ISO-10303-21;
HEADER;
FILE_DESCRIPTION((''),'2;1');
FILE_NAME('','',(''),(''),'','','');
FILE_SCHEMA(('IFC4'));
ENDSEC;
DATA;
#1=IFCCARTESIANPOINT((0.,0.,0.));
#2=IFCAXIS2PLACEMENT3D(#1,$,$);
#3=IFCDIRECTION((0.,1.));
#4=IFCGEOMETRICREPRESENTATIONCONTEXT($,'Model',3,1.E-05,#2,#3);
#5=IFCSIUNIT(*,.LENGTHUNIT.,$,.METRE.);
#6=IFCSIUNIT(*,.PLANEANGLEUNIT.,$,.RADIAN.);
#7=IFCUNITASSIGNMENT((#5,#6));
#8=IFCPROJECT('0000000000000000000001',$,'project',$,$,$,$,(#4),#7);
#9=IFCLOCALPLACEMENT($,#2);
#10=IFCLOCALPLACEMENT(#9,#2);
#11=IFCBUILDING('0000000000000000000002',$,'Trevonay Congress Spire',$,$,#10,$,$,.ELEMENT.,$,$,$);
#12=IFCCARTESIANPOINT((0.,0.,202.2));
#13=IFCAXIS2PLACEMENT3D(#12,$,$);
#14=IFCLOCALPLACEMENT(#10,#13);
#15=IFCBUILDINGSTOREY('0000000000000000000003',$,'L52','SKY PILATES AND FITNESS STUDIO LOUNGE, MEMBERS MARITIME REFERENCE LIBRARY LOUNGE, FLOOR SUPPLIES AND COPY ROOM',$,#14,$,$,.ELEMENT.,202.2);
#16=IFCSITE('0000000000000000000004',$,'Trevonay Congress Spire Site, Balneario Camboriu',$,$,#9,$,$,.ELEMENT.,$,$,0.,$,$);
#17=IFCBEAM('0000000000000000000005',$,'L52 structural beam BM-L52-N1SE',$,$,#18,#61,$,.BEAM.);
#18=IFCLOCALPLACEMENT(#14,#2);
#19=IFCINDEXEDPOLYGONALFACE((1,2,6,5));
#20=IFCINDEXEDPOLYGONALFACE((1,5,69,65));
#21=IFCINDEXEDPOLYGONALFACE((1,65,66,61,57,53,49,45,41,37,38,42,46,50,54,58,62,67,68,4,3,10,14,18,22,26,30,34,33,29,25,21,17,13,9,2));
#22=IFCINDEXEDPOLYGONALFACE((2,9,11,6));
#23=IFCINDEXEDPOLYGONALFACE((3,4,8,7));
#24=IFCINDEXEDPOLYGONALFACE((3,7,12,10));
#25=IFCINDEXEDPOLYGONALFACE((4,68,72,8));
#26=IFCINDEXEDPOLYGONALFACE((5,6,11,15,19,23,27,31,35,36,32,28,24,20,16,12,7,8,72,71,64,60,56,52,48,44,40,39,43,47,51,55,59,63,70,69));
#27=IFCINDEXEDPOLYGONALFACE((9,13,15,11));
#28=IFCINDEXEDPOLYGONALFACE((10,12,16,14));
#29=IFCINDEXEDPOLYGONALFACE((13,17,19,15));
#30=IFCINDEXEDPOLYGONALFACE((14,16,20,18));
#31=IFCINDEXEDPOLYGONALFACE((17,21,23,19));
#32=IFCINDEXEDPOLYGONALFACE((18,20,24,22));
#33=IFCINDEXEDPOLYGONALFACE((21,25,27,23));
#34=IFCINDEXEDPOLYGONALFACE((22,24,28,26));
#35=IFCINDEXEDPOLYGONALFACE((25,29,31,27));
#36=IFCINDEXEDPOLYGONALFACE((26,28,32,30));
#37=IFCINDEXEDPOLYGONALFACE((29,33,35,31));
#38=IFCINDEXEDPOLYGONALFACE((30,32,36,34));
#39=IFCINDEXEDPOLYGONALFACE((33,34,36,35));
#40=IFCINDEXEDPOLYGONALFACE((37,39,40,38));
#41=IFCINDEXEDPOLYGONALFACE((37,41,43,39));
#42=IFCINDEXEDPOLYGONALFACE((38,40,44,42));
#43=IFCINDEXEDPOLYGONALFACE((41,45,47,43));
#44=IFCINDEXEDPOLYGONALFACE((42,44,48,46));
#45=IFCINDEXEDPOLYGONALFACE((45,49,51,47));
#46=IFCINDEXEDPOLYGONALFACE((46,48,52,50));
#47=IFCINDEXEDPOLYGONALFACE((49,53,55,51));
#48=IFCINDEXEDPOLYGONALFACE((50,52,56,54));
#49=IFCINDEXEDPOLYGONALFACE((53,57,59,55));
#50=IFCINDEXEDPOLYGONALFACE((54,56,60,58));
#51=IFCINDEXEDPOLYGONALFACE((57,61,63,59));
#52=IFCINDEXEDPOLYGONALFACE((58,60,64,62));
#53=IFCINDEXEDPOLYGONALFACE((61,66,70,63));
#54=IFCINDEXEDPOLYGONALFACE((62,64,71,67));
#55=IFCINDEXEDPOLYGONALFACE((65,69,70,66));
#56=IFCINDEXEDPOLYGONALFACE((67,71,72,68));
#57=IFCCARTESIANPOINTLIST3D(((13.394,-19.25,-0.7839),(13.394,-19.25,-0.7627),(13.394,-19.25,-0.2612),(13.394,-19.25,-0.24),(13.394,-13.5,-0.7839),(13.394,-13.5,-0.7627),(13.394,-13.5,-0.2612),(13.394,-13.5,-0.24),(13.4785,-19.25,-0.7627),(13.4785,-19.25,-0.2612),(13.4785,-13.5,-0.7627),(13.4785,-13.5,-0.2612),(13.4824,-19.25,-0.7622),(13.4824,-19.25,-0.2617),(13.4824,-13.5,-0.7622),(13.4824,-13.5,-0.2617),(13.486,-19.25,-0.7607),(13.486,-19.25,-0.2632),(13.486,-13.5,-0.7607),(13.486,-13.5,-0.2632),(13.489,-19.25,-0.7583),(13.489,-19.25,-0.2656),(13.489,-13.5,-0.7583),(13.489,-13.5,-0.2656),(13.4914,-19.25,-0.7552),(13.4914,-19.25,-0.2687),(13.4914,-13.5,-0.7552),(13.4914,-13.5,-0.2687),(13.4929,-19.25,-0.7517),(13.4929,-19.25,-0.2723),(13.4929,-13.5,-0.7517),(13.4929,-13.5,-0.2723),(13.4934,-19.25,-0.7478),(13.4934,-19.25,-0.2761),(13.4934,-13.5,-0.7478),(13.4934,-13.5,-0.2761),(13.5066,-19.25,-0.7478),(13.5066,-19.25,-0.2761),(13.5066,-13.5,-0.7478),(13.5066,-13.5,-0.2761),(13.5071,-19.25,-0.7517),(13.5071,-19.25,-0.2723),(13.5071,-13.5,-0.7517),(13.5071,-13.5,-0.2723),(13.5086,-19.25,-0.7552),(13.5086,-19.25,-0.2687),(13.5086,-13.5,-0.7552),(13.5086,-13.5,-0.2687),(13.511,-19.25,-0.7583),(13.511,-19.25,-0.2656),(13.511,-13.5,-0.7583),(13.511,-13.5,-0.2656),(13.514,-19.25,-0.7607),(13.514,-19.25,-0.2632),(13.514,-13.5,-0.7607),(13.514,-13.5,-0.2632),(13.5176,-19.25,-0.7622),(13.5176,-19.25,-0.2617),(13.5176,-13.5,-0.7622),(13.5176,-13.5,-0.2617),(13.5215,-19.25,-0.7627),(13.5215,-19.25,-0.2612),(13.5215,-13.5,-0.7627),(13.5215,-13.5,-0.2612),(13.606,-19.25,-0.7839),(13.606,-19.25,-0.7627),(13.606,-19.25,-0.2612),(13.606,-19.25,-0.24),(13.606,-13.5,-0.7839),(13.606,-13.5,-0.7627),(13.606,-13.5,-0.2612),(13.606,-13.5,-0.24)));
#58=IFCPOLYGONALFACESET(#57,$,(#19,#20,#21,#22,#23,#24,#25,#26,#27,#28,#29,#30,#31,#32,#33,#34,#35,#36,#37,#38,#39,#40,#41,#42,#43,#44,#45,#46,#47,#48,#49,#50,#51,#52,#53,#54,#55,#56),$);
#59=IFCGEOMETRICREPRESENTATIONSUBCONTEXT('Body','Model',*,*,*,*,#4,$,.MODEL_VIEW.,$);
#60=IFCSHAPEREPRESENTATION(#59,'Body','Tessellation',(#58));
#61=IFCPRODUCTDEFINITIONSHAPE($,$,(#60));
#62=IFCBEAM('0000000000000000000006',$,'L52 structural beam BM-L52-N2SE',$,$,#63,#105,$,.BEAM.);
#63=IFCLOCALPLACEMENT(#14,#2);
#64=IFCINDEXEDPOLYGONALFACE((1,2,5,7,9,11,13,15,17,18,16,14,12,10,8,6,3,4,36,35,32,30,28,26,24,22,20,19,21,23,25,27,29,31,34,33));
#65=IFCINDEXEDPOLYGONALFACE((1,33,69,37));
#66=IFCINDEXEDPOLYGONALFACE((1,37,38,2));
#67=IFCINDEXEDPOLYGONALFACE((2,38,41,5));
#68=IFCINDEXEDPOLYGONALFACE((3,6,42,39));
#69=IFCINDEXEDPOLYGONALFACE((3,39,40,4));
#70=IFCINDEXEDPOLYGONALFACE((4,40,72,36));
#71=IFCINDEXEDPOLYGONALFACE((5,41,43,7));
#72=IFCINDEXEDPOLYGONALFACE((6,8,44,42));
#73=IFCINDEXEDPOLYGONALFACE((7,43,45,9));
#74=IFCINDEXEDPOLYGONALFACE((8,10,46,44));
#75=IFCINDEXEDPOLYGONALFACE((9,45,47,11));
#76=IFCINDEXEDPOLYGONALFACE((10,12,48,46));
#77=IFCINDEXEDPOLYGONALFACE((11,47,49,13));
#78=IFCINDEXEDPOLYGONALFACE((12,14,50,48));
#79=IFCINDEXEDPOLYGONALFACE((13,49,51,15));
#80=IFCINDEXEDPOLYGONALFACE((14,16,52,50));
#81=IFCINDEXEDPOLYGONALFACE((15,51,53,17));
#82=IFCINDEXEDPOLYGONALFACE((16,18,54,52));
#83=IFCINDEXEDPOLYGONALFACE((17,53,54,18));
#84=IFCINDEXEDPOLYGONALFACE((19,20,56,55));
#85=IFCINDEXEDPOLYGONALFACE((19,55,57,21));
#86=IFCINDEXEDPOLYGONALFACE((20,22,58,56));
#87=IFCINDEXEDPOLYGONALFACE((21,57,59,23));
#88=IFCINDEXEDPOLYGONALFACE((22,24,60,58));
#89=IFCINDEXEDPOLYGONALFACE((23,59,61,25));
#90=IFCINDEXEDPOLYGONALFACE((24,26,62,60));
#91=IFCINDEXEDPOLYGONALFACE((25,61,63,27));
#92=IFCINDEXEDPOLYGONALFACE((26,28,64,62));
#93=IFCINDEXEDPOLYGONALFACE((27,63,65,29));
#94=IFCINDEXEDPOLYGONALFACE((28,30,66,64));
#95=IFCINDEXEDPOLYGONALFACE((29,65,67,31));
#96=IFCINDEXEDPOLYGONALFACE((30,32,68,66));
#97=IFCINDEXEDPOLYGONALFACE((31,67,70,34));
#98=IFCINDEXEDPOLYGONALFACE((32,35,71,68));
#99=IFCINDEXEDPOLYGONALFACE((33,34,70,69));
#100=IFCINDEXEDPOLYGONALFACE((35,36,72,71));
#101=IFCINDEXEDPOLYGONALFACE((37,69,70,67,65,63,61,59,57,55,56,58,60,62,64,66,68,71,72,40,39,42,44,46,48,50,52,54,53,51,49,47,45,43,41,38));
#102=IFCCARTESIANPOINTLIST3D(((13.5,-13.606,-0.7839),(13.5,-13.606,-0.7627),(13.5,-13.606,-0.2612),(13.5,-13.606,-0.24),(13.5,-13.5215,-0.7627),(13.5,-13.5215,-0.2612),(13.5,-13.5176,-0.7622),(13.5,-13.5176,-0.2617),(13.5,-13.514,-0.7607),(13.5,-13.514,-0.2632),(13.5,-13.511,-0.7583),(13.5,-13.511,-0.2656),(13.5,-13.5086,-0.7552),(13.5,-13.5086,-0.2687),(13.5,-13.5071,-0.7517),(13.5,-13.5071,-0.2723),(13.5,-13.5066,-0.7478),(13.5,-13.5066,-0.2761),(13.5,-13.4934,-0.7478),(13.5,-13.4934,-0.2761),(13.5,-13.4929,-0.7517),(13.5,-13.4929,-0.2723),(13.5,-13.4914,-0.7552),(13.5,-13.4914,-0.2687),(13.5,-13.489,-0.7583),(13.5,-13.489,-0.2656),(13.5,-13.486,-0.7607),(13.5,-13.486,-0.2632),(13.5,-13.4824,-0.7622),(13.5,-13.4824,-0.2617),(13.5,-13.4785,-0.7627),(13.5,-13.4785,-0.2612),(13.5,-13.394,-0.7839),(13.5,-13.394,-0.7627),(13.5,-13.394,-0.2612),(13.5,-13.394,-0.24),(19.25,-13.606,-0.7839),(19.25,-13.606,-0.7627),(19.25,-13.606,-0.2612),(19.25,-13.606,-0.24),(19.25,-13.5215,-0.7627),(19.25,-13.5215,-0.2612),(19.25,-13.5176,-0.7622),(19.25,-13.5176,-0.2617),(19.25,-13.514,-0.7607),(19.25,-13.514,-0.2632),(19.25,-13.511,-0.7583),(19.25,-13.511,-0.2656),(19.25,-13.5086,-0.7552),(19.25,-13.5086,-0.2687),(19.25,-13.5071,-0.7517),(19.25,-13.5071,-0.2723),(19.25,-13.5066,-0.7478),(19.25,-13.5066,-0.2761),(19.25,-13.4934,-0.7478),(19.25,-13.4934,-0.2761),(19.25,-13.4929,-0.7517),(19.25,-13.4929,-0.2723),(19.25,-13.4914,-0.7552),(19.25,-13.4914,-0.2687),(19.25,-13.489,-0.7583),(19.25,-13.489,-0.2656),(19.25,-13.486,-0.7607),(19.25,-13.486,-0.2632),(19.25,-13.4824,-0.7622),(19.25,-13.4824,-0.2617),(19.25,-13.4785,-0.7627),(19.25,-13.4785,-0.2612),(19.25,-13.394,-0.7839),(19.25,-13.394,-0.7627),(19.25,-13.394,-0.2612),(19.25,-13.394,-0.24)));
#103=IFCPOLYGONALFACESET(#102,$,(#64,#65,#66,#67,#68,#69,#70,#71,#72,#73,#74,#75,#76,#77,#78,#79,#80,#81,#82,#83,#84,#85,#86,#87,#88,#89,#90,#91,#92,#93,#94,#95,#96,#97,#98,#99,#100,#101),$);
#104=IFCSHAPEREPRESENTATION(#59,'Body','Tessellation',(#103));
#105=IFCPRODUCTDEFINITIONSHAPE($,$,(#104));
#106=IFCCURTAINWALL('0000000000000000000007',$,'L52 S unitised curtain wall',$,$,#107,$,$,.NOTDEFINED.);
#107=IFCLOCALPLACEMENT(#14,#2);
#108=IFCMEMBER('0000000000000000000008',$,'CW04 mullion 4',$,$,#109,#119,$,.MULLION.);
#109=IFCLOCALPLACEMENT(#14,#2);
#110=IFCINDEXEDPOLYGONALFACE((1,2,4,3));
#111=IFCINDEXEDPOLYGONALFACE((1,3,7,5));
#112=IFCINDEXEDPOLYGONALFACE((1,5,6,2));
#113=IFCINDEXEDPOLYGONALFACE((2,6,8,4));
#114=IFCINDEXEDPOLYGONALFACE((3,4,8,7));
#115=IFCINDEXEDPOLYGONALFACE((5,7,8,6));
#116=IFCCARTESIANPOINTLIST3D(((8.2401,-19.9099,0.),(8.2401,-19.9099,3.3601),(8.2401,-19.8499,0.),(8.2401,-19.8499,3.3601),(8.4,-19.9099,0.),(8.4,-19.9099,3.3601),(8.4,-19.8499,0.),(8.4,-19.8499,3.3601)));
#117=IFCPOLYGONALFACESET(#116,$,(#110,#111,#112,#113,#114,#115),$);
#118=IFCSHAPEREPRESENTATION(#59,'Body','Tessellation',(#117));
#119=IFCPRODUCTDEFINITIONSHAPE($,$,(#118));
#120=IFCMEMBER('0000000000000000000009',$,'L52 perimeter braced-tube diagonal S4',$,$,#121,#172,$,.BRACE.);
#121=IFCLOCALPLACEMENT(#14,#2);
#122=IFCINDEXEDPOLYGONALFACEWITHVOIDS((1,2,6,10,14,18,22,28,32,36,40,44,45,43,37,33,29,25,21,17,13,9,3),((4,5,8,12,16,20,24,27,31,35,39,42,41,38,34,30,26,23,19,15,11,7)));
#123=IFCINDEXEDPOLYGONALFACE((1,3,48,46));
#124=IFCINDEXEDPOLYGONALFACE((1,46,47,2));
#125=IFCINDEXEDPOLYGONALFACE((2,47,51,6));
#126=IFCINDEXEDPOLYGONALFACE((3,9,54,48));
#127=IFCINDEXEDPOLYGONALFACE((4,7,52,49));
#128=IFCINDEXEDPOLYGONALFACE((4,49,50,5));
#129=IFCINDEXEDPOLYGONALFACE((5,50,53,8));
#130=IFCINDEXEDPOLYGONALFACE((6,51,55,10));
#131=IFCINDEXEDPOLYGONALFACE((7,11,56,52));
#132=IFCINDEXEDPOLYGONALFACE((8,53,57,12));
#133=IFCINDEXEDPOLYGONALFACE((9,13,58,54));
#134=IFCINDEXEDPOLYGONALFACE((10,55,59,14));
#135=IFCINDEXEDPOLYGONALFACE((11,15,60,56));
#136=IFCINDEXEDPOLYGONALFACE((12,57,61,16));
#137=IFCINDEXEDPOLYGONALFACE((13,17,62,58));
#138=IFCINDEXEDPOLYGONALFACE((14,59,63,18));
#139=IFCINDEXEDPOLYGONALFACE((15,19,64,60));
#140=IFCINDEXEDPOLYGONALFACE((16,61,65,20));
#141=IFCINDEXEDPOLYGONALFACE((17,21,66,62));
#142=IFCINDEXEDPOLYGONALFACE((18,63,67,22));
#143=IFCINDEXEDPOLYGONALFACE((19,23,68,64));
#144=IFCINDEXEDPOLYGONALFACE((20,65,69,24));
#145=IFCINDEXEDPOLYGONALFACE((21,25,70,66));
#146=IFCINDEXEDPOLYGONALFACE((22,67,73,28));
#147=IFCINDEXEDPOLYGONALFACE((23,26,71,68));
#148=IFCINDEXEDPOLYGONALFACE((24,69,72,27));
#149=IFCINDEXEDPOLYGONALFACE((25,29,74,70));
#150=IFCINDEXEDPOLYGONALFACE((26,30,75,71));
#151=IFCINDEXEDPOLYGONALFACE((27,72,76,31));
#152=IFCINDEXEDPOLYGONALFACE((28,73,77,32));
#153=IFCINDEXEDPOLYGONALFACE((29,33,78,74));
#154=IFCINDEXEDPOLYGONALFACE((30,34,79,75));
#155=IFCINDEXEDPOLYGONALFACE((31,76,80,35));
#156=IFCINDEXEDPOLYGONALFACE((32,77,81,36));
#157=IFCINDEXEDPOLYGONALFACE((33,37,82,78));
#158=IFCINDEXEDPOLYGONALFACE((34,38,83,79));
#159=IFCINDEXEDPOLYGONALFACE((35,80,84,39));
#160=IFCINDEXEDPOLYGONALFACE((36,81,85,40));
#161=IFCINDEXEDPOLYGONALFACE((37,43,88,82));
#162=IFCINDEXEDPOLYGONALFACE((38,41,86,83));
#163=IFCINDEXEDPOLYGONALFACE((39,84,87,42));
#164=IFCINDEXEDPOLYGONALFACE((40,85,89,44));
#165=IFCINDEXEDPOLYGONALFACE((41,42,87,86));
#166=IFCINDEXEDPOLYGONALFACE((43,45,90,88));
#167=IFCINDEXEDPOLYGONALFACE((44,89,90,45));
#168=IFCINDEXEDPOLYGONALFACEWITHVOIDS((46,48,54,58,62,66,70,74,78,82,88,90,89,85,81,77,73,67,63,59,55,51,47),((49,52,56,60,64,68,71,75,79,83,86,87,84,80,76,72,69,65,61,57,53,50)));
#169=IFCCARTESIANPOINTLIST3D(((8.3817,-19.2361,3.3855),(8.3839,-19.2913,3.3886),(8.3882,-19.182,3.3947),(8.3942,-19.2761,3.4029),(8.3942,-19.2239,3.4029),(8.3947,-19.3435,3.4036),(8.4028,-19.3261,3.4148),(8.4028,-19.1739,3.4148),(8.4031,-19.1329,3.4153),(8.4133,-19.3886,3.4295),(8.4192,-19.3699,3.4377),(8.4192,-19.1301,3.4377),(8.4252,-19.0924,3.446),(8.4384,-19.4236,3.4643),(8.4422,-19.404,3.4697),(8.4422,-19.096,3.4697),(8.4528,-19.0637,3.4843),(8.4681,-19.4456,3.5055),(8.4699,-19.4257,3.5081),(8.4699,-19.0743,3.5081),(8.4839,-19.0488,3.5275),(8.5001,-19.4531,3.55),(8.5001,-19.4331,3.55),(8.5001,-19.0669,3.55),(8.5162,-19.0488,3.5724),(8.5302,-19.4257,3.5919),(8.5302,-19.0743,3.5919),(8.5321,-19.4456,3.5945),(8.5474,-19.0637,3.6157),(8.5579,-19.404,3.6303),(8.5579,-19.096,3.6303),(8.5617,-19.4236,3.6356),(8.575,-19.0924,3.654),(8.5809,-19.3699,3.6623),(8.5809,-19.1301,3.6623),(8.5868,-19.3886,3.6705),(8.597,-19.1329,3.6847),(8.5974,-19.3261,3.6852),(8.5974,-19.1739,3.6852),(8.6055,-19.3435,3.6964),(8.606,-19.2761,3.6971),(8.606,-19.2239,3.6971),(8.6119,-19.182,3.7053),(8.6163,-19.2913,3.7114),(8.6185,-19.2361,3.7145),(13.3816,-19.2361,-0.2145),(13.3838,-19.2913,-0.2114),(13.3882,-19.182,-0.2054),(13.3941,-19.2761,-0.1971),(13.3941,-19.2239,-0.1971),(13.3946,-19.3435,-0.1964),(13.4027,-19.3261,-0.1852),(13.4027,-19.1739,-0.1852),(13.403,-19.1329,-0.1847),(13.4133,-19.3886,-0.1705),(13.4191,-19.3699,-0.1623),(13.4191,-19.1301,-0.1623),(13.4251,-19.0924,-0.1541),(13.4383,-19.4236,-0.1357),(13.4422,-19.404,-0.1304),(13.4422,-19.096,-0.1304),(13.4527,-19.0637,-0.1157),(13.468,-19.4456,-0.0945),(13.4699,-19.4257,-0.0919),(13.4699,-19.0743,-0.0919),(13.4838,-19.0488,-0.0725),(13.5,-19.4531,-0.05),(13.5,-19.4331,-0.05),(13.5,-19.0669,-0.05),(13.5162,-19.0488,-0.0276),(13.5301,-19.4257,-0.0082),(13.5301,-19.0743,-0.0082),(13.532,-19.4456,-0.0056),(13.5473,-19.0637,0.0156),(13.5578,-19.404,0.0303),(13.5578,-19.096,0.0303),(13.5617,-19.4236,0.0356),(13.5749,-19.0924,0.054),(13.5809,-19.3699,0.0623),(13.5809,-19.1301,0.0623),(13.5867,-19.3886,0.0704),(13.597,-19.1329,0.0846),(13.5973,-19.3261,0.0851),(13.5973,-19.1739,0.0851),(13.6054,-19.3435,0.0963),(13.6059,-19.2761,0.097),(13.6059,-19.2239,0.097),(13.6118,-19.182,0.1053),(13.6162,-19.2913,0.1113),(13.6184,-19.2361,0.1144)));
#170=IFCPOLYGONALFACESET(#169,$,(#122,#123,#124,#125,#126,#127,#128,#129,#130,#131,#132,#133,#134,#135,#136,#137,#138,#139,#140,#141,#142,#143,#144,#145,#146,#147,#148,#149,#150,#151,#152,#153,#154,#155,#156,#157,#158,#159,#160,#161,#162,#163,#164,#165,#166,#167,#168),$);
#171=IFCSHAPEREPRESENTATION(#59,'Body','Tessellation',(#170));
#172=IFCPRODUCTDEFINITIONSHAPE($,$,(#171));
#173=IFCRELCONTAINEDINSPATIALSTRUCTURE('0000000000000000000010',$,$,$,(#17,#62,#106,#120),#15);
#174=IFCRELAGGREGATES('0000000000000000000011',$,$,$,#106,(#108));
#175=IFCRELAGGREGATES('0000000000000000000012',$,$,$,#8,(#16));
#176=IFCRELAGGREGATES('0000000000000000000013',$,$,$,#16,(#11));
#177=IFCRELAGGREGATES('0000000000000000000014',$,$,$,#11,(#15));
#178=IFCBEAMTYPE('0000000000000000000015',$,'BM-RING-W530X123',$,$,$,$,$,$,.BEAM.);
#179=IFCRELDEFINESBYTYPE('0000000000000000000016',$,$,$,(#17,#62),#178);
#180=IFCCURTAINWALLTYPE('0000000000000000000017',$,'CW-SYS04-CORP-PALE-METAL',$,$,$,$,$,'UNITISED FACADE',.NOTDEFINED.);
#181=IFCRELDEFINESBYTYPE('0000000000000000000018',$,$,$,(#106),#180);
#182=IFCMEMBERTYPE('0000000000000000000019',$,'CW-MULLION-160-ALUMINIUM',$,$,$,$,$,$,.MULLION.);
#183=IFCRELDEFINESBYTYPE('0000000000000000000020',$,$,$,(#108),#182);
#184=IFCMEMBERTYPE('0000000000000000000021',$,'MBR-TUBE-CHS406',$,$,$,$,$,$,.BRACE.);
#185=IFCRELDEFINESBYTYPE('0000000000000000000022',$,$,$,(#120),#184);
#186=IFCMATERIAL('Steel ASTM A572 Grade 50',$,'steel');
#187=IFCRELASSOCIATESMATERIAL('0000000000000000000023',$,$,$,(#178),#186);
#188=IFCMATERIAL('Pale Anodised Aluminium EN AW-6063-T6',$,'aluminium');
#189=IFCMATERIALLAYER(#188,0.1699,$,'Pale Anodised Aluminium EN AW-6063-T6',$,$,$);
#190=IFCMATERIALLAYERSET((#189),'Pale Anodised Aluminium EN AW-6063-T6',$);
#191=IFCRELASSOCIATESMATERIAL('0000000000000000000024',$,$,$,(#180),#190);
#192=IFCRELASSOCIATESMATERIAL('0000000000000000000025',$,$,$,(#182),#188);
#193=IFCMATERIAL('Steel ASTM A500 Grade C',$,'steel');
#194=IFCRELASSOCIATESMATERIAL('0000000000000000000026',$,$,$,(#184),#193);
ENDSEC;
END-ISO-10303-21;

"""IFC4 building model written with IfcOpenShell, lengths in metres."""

from ifc_helpers import new_model, si_unit, direction, frame, origin, origin_2d, place, context, subcontext, project, spatial, rectangle, hollow_circle, i_section, extrude, material, layer, layer_set, material_profile, profile_set, type_object, element, aggregate, save


model = new_model("IFC4")

# Units and contexts
model_context = context("Model", 3, precision=1e-05, world=origin(), true_north=direction((0.0, 1.0)))
body_context = subcontext(model_context, "Body", "Model", "MODEL_VIEW")
ifc_project = project(units=[si_unit("LENGTHUNIT", "METRE"), si_unit("PLANEANGLEUNIT", "RADIAN")], contexts=[model_context])

# Site, building, storey
site_placement = place(None, origin())
site = spatial("IfcSite", under=ifc_project, at=site_placement, Name="Trevonay Congress Spire Site, Balneario Camboriu", CompositionType="ELEMENT", RefElevation=0.0)
building_placement = place(site_placement, origin())
building = spatial("IfcBuilding", under=site, at=building_placement, Name="Trevonay Congress Spire", CompositionType="ELEMENT")
storey_placement = place(building_placement, frame((0.0, 0.0, 202.2)))
storey = spatial("IfcBuildingStorey", under=building, at=storey_placement, Name="L52", Description="SKY PILATES AND FITNESS STUDIO LOUNGE, MEMBERS MARITIME REFERENCE LIBRARY LOUNGE, FLOOR SUPPLIES AND COPY ROOM", CompositionType="ELEMENT", Elevation=202.2)

# Shared definitions
ifc_material_1 = material(Name="Steel ASTM A572 Grade 50", Category="steel")

# Beams
ifc_material_profile_1 = material_profile(ifc_material_1, i_section(OverallWidth=0.2119, OverallDepth=0.5439, WebThickness=0.0132, FlangeThickness=0.0212, FilletRadius=0.0149, at=origin_2d()), Name="W530x123")
ifc_profile_set_1 = profile_set([ifc_material_profile_1], Name="Steel ASTM A572 Grade 50")
beam_type = type_object("IfcBeamType", Name="BM-RING-W530X123", PredefinedType="BEAM", material=ifc_profile_set_1)
for number, where, z_axis, x_axis, name in (
    (1, (13.5, -19.25, -0.512), (0.0, 1.0, 0.0), (-1.0, 0.0, 0.0), "L52 structural beam BM-L52-N1SE"),
    (2, (19.25, -13.5, -0.512), (-1.0, 0.0, 0.0), (0.0, -1.0, 0.0), "L52 structural beam BM-L52-N2SE"),
):
    element("IfcBeam", number, at=place(storey_placement, frame(where, z_axis=z_axis, x_axis=x_axis)), inside=storey, type_object=beam_type, Name=name, PredefinedType="BEAM", context=body_context, shape_type="SweptSolid", body=[
        extrude(i_section(OverallWidth=0.2119, OverallDepth=0.5439, WebThickness=0.0132, FlangeThickness=0.0212, FilletRadius=0.0149, at=origin_2d()), origin(), (0.0, 0.0, 1.0), 5.75),
    ])

# Curtain wall, member
ifc_material_2 = material(Name="Pale Anodised Aluminium EN AW-6063-T6", Category="aluminium")
ifc_layer_1 = layer(ifc_material_2, 0.1699, Name="Pale Anodised Aluminium EN AW-6063-T6")
ifc_layer_set_1 = layer_set([ifc_layer_1], Name="Pale Anodised Aluminium EN AW-6063-T6")
curtain_wall_type = type_object("IfcCurtainWallType", Name="CW-SYS04-CORP-PALE-METAL", ElementType="UNITISED FACADE", PredefinedType="NOTDEFINED", material=ifc_layer_set_1)
curtain_wall_placement = place(storey_placement, origin())
curtain_wall = element("IfcCurtainWall", 3, at=curtain_wall_placement, inside=storey, type_object=curtain_wall_type, Name="L52 S unitised curtain wall", PredefinedType="NOTDEFINED")
ifc_material_profile_2 = material_profile(ifc_material_2, rectangle(XDim=0.0601, YDim=0.1599, at=origin_2d()), Name="CW-MULLION-160-ALUMINIUM")
ifc_profile_set_2 = profile_set([ifc_material_profile_2], Name="Pale Anodised Aluminium EN AW-6063-T6")
member_type_1 = type_object("IfcMemberType", Name="CW-MULLION-160-ALUMINIUM", PredefinedType="MULLION", material=ifc_profile_set_2)
member_placement = place(storey_placement, frame((8.3201, -19.8799, 0.0), z_axis=(0.0, 0.0, 1.0), x_axis=(0.0, 1.0, 0.0)))
member = element("IfcMember", 4, at=member_placement, type_object=member_type_1, Name="CW04 mullion 4", PredefinedType="MULLION", context=body_context, shape_type="SweptSolid", body=[
    extrude(rectangle(XDim=0.0601, YDim=0.1599, at=origin_2d()), origin(), (0.0, 0.0, 1.0), 3.3601),
])
aggregate(curtain_wall, [member])

# Member
ifc_material_3 = material(Name="Steel ASTM A500 Grade C", Category="steel")
ifc_material_profile_3 = material_profile(ifc_material_3, hollow_circle(Radius=0.2031, WallThickness=0.02, at=origin_2d()), Name="CHS 406.4x20")
ifc_profile_set_3 = profile_set([ifc_material_profile_3], Name="Steel ASTM A500 Grade C")
member_type_2 = type_object("IfcMemberType", Name="MBR-TUBE-CHS406", PredefinedType="BRACE", material=ifc_profile_set_3)
for number, where, z_axis, x_axis, name in (
    (5, (13.5, -19.25, -0.05), (-0.811527, 0.0, 0.584315), (0.0, -1.0, 0.0), "L52 perimeter braced-tube diagonal S4"),
):
    element("IfcMember", number, at=place(storey_placement, frame(where, z_axis=z_axis, x_axis=x_axis)), inside=storey, type_object=member_type_2, Name=name, PredefinedType="BRACE", context=body_context, shape_type="SweptSolid", body=[
        extrude(hollow_circle(Radius=0.2031, WallThickness=0.02, at=origin_2d()), origin(), (0.0, 0.0, 1.0), 6.1611),
    ])

save(model, "model.ifc")
